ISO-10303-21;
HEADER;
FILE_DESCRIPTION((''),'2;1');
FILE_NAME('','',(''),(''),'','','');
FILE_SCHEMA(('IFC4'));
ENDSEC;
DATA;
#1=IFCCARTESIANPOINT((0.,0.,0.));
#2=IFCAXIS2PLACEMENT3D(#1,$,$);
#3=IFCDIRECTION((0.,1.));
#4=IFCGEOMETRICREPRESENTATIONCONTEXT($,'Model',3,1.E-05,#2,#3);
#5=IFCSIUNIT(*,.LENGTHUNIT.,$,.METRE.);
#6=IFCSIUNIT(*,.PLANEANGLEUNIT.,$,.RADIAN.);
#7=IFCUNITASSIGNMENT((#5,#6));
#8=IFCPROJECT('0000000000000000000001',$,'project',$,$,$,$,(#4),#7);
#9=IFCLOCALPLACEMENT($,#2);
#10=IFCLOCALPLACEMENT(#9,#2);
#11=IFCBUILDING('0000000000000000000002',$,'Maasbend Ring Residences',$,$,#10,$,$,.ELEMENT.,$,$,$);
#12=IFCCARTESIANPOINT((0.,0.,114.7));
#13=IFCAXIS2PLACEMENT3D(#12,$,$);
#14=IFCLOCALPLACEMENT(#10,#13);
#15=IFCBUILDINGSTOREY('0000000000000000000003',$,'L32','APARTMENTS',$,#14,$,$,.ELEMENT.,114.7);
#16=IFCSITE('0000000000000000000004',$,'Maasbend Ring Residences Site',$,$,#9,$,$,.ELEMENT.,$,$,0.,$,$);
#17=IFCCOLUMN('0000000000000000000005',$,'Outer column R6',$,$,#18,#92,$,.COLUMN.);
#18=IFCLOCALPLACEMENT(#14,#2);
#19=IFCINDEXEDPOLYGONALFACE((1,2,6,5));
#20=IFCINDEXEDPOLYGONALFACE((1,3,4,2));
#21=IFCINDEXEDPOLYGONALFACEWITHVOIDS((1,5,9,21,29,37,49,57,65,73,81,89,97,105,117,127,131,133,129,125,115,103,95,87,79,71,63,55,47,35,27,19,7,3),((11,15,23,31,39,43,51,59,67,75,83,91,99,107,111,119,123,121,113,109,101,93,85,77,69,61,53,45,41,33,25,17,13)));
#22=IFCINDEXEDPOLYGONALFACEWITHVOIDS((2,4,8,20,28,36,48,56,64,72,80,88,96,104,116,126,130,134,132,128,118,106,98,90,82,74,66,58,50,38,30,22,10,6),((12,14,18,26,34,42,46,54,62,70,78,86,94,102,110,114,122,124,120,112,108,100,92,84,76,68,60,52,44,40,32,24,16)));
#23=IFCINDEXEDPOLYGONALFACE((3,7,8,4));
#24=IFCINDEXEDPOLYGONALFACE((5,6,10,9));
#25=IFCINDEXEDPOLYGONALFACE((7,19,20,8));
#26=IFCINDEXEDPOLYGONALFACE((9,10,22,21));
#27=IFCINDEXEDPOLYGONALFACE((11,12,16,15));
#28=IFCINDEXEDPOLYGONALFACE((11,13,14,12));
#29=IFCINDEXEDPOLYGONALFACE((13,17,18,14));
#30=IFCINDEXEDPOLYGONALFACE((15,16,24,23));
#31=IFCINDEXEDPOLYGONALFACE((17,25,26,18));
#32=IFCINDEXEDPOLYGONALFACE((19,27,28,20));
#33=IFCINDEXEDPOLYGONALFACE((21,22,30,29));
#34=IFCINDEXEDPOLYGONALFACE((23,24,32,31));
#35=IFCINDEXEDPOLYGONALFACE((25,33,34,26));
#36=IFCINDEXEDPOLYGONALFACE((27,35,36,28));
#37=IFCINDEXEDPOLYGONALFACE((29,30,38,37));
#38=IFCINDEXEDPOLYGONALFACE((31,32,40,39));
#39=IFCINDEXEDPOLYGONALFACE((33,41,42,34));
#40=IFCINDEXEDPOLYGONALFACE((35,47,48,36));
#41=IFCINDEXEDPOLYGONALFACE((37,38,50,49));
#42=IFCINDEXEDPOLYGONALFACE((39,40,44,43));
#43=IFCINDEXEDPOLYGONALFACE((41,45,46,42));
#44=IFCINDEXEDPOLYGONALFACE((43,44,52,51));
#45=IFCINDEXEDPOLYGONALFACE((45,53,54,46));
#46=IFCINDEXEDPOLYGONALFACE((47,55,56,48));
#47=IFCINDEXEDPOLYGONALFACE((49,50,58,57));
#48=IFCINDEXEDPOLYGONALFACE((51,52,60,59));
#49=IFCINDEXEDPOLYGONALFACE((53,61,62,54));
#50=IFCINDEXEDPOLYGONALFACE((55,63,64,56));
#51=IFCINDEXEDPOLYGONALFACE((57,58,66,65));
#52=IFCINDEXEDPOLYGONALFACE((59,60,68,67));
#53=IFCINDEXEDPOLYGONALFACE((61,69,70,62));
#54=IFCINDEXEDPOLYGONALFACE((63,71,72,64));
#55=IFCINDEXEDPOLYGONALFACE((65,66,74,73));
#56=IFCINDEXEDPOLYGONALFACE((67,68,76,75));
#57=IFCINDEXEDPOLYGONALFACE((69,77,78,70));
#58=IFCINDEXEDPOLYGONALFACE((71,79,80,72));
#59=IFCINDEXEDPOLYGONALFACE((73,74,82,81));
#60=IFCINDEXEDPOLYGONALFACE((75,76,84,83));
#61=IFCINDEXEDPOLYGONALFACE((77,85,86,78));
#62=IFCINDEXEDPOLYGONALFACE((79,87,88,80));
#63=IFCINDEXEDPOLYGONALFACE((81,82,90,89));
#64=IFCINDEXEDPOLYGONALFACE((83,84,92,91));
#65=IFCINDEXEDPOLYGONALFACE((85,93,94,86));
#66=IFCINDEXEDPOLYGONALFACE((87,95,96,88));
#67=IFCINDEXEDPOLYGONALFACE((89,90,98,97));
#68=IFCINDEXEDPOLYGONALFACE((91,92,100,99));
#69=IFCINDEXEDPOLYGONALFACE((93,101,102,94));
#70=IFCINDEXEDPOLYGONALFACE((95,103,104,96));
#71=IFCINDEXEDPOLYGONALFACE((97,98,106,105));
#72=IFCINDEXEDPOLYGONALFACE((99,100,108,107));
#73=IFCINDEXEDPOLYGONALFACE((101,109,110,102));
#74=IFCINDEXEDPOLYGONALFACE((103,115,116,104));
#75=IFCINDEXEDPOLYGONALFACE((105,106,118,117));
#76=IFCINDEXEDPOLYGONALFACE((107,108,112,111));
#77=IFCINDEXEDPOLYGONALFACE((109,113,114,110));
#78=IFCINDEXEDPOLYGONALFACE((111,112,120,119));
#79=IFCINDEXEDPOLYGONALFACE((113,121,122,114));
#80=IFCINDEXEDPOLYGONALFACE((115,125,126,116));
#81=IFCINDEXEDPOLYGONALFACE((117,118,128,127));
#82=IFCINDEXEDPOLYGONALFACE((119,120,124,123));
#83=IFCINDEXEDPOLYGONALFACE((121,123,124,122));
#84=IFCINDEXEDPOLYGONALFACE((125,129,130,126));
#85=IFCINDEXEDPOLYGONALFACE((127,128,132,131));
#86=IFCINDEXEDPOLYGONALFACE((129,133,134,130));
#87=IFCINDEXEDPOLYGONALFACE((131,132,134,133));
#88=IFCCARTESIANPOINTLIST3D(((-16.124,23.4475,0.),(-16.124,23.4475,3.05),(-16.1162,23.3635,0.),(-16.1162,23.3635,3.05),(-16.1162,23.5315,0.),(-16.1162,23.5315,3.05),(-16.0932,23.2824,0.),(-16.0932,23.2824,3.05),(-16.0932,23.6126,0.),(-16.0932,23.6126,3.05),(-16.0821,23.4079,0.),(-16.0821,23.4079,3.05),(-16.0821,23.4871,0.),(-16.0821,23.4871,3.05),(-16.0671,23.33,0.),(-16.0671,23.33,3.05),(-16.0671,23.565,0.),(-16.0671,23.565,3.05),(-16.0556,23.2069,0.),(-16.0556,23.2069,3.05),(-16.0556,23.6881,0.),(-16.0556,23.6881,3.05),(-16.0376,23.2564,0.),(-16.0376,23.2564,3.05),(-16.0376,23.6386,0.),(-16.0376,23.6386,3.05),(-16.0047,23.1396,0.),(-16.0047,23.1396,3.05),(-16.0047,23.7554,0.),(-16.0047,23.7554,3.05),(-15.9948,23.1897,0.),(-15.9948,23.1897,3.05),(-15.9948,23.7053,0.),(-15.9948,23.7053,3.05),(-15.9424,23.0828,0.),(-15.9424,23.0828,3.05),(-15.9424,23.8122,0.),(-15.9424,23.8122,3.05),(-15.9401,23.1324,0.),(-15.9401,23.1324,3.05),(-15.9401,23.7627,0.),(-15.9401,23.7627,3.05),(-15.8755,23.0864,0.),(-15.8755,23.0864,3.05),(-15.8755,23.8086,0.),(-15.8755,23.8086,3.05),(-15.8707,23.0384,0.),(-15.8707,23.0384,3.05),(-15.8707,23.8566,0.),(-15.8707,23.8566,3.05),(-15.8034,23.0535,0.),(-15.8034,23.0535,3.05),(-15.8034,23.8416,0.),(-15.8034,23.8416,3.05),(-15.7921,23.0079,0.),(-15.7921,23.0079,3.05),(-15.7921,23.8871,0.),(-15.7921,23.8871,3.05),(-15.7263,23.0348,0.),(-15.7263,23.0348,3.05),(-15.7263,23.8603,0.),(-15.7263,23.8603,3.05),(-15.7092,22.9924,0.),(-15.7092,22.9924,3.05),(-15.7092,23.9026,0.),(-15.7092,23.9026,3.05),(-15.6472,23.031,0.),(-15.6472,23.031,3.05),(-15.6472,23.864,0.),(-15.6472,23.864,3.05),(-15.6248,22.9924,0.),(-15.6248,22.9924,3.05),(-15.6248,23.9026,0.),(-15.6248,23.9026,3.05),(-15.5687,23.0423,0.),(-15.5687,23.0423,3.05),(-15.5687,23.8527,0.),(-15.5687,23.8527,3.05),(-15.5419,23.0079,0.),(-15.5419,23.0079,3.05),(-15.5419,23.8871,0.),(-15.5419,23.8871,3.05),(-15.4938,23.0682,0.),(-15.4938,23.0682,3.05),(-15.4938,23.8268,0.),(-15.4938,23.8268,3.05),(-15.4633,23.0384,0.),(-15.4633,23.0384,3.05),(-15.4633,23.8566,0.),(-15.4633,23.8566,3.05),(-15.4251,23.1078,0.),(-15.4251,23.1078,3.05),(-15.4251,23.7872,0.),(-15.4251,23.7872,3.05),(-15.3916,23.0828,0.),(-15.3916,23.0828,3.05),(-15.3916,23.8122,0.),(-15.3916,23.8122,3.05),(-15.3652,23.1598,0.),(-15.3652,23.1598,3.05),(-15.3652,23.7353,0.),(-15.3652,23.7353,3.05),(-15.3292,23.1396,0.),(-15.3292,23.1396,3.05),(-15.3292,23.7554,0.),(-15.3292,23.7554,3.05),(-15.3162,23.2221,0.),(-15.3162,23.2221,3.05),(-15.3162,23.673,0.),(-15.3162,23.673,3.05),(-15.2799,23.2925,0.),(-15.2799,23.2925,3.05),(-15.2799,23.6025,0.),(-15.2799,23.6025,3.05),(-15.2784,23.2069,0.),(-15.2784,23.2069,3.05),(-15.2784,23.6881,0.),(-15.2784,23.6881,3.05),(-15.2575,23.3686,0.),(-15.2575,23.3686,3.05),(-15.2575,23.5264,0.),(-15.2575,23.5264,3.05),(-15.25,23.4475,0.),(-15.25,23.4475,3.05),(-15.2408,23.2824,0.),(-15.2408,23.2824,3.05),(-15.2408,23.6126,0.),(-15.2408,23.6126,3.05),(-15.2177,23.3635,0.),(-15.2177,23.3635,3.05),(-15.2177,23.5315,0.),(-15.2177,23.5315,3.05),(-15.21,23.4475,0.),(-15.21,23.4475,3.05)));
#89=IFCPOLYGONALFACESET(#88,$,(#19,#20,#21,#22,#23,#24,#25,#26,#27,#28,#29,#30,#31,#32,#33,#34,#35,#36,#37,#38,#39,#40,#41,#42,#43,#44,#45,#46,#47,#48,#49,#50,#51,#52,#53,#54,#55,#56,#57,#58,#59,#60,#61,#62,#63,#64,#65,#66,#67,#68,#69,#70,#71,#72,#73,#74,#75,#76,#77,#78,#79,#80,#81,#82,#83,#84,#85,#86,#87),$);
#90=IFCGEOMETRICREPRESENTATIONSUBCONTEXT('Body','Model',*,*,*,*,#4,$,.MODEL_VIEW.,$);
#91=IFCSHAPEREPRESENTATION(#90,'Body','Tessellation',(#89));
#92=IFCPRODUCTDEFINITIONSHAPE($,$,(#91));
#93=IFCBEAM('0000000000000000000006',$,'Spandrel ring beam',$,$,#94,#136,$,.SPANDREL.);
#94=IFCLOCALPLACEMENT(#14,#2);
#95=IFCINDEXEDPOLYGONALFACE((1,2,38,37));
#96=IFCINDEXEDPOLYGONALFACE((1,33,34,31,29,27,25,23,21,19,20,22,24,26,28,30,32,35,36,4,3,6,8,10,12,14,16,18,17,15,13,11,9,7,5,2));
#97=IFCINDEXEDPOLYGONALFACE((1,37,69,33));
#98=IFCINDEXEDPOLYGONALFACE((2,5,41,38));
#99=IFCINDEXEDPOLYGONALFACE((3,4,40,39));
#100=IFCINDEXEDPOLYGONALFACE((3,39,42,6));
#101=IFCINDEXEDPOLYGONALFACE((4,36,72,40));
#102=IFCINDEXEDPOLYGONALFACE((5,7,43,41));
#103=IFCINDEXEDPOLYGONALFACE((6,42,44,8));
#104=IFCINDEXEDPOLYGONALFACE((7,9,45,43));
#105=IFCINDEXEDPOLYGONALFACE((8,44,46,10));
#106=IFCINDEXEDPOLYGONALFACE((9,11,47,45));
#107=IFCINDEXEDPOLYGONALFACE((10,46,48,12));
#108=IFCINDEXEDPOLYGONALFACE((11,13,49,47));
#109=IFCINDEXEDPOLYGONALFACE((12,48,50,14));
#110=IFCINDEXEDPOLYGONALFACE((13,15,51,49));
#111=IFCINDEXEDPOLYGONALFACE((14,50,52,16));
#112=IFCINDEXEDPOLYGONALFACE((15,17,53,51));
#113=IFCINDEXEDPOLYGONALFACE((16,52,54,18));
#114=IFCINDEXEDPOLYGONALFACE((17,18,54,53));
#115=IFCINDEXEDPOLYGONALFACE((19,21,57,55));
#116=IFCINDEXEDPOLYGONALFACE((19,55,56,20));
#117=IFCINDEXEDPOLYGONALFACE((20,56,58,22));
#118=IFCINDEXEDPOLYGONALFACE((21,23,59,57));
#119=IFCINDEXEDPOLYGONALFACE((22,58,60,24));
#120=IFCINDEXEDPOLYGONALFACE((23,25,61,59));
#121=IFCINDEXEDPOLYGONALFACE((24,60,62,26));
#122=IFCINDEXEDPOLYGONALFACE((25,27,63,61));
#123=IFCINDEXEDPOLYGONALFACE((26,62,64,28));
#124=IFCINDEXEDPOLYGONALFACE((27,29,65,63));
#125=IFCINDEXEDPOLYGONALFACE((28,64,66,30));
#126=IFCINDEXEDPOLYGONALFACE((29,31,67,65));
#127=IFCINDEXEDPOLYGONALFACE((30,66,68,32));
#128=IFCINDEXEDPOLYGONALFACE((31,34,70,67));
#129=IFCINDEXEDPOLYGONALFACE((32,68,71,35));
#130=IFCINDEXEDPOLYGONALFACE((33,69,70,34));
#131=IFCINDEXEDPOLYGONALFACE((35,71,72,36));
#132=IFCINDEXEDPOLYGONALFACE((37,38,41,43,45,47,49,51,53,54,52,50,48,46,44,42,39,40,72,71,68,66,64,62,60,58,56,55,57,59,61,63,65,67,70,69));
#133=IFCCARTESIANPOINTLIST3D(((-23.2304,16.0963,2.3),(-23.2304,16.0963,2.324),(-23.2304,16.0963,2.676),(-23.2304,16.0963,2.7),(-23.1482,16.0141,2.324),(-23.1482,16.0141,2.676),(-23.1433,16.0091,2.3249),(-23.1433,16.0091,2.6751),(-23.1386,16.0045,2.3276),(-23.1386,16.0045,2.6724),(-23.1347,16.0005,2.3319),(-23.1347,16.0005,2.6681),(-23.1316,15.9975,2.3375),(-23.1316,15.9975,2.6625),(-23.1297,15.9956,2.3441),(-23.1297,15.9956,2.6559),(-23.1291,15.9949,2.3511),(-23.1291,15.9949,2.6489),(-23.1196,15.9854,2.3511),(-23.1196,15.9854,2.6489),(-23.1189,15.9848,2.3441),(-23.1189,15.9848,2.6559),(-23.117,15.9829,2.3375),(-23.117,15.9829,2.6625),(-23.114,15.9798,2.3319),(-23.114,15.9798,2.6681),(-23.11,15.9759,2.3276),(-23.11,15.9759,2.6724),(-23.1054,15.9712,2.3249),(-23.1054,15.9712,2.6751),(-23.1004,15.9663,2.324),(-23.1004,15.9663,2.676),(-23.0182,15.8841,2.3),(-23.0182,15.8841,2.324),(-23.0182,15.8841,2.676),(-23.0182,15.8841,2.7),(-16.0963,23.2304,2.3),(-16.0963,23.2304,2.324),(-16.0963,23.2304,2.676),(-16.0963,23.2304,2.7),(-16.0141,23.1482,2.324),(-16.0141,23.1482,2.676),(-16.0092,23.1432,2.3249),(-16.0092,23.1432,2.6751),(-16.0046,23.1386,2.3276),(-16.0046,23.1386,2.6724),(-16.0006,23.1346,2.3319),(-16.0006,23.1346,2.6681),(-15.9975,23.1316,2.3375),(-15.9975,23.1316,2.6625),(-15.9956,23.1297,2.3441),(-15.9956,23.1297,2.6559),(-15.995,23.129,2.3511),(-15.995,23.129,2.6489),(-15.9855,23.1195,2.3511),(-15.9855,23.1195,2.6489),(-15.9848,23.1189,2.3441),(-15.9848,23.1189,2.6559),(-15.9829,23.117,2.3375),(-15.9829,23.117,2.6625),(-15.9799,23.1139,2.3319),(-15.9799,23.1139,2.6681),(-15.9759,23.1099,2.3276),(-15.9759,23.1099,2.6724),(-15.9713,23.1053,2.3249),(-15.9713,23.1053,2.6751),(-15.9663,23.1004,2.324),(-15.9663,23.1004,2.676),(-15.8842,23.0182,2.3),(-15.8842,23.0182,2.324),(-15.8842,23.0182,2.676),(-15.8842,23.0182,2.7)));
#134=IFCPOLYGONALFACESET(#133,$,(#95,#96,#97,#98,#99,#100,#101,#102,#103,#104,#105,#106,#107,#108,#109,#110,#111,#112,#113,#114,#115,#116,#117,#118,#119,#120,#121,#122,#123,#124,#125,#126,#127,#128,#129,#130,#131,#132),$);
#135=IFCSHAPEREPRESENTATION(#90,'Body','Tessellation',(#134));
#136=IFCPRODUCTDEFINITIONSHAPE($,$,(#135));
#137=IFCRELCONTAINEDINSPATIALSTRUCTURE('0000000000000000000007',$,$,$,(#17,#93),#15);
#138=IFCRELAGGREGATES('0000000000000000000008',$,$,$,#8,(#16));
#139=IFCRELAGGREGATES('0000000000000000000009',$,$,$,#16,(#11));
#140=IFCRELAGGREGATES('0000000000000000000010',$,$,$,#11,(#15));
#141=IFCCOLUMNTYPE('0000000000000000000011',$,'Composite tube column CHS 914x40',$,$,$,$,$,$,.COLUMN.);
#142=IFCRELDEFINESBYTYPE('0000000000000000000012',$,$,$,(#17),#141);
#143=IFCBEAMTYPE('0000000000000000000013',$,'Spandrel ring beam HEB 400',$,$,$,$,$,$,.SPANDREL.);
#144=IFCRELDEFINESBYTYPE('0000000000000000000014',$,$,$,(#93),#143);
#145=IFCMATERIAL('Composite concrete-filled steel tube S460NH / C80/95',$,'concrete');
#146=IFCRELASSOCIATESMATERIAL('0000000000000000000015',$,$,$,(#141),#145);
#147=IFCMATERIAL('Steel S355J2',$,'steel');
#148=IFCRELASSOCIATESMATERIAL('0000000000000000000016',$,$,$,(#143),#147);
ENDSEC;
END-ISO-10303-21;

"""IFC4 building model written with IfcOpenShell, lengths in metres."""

from ifc_helpers import new_model, si_unit, direction, frame, origin, origin_2d, place, context, subcontext, project, spatial, hollow_circle, i_section, extrude, material, material_profile, profile_set, type_object, element, save


model = new_model("IFC4")

# Units and contexts
model_context = context("Model", 3, precision=1e-05, world=origin(), true_north=direction((0.0, 1.0)))
body_context = subcontext(model_context, "Body", "Model", "MODEL_VIEW")
ifc_project = project(units=[si_unit("LENGTHUNIT", "METRE"), si_unit("PLANEANGLEUNIT", "RADIAN")], contexts=[model_context])

# Site, building, storey
site_placement = place(None, origin())
site = spatial("IfcSite", under=ifc_project, at=site_placement, Name="Maasbend Ring Residences Site", CompositionType="ELEMENT", RefElevation=0.0)
building_placement = place(site_placement, origin())
building = spatial("IfcBuilding", under=site, at=building_placement, Name="Maasbend Ring Residences", CompositionType="ELEMENT")
storey_placement = place(building_placement, frame((0.0, 0.0, 114.7)))
storey = spatial("IfcBuildingStorey", under=building, at=storey_placement, Name="L32", Description="APARTMENTS", CompositionType="ELEMENT", Elevation=114.7)

# Column
ifc_material_1 = material(Name="Composite concrete-filled steel tube S460NH / C80/95", Category="concrete")
ifc_material_profile_1 = material_profile(ifc_material_1, hollow_circle(Radius=0.457, WallThickness=0.04, at=origin_2d()), Name="Composite tube column CHS 914x40")
ifc_profile_set_1 = profile_set([ifc_material_profile_1], Name="Composite concrete-filled steel tube S460NH / C80/95")
column_type = type_object("IfcColumnType", Name="Composite tube column CHS 914x40", PredefinedType="COLUMN", material=ifc_profile_set_1)
column_placement = place(storey_placement, frame((-15.667, 23.4475, 0.0), z_axis=(0.0, 0.0, 1.0), x_axis=(1.0, 0.0, 0.0)))
element("IfcColumn", 1, at=column_placement, inside=storey, type_object=column_type, Name="Outer column R6", PredefinedType="COLUMN", context=body_context, shape_type="SweptSolid", body=[
    extrude(hollow_circle(Radius=0.457, WallThickness=0.04, at=origin_2d()), origin(), (0.0, 0.0, 1.0), 3.05),
])

# Beam
ifc_material_2 = material(Name="Steel S355J2", Category="steel")
ifc_material_profile_2 = material_profile(ifc_material_2, i_section(OverallWidth=0.3, OverallDepth=0.3999, WebThickness=0.0134, FlangeThickness=0.0239, FilletRadius=0.0271, at=origin_2d()), Name="HEB 400")
ifc_profile_set_2 = profile_set([ifc_material_profile_2], Name="Steel S355J2")
beam_type = type_object("IfcBeamType", Name="Spandrel ring beam HEB 400", PredefinedType="SPANDREL", material=ifc_profile_set_2)
beam_placement = place(storey_placement, frame((-15.9902, 23.1243, 2.5), z_axis=(-0.707107, -0.707107, 0.0), x_axis=(0.707107, -0.707107, 0.0)))
element("IfcBeam", 2, at=beam_placement, inside=storey, type_object=beam_type, Name="Spandrel ring beam", PredefinedType="SPANDREL", context=body_context, shape_type="SweptSolid", body=[
    extrude(i_section(OverallWidth=0.3, OverallDepth=0.3999, WebThickness=0.0134, FlangeThickness=0.0239, FilletRadius=0.0271, at=origin_2d()), origin(), (0.0, 0.0, 1.0), 10.0891),
])

save(model, "model.ifc")
